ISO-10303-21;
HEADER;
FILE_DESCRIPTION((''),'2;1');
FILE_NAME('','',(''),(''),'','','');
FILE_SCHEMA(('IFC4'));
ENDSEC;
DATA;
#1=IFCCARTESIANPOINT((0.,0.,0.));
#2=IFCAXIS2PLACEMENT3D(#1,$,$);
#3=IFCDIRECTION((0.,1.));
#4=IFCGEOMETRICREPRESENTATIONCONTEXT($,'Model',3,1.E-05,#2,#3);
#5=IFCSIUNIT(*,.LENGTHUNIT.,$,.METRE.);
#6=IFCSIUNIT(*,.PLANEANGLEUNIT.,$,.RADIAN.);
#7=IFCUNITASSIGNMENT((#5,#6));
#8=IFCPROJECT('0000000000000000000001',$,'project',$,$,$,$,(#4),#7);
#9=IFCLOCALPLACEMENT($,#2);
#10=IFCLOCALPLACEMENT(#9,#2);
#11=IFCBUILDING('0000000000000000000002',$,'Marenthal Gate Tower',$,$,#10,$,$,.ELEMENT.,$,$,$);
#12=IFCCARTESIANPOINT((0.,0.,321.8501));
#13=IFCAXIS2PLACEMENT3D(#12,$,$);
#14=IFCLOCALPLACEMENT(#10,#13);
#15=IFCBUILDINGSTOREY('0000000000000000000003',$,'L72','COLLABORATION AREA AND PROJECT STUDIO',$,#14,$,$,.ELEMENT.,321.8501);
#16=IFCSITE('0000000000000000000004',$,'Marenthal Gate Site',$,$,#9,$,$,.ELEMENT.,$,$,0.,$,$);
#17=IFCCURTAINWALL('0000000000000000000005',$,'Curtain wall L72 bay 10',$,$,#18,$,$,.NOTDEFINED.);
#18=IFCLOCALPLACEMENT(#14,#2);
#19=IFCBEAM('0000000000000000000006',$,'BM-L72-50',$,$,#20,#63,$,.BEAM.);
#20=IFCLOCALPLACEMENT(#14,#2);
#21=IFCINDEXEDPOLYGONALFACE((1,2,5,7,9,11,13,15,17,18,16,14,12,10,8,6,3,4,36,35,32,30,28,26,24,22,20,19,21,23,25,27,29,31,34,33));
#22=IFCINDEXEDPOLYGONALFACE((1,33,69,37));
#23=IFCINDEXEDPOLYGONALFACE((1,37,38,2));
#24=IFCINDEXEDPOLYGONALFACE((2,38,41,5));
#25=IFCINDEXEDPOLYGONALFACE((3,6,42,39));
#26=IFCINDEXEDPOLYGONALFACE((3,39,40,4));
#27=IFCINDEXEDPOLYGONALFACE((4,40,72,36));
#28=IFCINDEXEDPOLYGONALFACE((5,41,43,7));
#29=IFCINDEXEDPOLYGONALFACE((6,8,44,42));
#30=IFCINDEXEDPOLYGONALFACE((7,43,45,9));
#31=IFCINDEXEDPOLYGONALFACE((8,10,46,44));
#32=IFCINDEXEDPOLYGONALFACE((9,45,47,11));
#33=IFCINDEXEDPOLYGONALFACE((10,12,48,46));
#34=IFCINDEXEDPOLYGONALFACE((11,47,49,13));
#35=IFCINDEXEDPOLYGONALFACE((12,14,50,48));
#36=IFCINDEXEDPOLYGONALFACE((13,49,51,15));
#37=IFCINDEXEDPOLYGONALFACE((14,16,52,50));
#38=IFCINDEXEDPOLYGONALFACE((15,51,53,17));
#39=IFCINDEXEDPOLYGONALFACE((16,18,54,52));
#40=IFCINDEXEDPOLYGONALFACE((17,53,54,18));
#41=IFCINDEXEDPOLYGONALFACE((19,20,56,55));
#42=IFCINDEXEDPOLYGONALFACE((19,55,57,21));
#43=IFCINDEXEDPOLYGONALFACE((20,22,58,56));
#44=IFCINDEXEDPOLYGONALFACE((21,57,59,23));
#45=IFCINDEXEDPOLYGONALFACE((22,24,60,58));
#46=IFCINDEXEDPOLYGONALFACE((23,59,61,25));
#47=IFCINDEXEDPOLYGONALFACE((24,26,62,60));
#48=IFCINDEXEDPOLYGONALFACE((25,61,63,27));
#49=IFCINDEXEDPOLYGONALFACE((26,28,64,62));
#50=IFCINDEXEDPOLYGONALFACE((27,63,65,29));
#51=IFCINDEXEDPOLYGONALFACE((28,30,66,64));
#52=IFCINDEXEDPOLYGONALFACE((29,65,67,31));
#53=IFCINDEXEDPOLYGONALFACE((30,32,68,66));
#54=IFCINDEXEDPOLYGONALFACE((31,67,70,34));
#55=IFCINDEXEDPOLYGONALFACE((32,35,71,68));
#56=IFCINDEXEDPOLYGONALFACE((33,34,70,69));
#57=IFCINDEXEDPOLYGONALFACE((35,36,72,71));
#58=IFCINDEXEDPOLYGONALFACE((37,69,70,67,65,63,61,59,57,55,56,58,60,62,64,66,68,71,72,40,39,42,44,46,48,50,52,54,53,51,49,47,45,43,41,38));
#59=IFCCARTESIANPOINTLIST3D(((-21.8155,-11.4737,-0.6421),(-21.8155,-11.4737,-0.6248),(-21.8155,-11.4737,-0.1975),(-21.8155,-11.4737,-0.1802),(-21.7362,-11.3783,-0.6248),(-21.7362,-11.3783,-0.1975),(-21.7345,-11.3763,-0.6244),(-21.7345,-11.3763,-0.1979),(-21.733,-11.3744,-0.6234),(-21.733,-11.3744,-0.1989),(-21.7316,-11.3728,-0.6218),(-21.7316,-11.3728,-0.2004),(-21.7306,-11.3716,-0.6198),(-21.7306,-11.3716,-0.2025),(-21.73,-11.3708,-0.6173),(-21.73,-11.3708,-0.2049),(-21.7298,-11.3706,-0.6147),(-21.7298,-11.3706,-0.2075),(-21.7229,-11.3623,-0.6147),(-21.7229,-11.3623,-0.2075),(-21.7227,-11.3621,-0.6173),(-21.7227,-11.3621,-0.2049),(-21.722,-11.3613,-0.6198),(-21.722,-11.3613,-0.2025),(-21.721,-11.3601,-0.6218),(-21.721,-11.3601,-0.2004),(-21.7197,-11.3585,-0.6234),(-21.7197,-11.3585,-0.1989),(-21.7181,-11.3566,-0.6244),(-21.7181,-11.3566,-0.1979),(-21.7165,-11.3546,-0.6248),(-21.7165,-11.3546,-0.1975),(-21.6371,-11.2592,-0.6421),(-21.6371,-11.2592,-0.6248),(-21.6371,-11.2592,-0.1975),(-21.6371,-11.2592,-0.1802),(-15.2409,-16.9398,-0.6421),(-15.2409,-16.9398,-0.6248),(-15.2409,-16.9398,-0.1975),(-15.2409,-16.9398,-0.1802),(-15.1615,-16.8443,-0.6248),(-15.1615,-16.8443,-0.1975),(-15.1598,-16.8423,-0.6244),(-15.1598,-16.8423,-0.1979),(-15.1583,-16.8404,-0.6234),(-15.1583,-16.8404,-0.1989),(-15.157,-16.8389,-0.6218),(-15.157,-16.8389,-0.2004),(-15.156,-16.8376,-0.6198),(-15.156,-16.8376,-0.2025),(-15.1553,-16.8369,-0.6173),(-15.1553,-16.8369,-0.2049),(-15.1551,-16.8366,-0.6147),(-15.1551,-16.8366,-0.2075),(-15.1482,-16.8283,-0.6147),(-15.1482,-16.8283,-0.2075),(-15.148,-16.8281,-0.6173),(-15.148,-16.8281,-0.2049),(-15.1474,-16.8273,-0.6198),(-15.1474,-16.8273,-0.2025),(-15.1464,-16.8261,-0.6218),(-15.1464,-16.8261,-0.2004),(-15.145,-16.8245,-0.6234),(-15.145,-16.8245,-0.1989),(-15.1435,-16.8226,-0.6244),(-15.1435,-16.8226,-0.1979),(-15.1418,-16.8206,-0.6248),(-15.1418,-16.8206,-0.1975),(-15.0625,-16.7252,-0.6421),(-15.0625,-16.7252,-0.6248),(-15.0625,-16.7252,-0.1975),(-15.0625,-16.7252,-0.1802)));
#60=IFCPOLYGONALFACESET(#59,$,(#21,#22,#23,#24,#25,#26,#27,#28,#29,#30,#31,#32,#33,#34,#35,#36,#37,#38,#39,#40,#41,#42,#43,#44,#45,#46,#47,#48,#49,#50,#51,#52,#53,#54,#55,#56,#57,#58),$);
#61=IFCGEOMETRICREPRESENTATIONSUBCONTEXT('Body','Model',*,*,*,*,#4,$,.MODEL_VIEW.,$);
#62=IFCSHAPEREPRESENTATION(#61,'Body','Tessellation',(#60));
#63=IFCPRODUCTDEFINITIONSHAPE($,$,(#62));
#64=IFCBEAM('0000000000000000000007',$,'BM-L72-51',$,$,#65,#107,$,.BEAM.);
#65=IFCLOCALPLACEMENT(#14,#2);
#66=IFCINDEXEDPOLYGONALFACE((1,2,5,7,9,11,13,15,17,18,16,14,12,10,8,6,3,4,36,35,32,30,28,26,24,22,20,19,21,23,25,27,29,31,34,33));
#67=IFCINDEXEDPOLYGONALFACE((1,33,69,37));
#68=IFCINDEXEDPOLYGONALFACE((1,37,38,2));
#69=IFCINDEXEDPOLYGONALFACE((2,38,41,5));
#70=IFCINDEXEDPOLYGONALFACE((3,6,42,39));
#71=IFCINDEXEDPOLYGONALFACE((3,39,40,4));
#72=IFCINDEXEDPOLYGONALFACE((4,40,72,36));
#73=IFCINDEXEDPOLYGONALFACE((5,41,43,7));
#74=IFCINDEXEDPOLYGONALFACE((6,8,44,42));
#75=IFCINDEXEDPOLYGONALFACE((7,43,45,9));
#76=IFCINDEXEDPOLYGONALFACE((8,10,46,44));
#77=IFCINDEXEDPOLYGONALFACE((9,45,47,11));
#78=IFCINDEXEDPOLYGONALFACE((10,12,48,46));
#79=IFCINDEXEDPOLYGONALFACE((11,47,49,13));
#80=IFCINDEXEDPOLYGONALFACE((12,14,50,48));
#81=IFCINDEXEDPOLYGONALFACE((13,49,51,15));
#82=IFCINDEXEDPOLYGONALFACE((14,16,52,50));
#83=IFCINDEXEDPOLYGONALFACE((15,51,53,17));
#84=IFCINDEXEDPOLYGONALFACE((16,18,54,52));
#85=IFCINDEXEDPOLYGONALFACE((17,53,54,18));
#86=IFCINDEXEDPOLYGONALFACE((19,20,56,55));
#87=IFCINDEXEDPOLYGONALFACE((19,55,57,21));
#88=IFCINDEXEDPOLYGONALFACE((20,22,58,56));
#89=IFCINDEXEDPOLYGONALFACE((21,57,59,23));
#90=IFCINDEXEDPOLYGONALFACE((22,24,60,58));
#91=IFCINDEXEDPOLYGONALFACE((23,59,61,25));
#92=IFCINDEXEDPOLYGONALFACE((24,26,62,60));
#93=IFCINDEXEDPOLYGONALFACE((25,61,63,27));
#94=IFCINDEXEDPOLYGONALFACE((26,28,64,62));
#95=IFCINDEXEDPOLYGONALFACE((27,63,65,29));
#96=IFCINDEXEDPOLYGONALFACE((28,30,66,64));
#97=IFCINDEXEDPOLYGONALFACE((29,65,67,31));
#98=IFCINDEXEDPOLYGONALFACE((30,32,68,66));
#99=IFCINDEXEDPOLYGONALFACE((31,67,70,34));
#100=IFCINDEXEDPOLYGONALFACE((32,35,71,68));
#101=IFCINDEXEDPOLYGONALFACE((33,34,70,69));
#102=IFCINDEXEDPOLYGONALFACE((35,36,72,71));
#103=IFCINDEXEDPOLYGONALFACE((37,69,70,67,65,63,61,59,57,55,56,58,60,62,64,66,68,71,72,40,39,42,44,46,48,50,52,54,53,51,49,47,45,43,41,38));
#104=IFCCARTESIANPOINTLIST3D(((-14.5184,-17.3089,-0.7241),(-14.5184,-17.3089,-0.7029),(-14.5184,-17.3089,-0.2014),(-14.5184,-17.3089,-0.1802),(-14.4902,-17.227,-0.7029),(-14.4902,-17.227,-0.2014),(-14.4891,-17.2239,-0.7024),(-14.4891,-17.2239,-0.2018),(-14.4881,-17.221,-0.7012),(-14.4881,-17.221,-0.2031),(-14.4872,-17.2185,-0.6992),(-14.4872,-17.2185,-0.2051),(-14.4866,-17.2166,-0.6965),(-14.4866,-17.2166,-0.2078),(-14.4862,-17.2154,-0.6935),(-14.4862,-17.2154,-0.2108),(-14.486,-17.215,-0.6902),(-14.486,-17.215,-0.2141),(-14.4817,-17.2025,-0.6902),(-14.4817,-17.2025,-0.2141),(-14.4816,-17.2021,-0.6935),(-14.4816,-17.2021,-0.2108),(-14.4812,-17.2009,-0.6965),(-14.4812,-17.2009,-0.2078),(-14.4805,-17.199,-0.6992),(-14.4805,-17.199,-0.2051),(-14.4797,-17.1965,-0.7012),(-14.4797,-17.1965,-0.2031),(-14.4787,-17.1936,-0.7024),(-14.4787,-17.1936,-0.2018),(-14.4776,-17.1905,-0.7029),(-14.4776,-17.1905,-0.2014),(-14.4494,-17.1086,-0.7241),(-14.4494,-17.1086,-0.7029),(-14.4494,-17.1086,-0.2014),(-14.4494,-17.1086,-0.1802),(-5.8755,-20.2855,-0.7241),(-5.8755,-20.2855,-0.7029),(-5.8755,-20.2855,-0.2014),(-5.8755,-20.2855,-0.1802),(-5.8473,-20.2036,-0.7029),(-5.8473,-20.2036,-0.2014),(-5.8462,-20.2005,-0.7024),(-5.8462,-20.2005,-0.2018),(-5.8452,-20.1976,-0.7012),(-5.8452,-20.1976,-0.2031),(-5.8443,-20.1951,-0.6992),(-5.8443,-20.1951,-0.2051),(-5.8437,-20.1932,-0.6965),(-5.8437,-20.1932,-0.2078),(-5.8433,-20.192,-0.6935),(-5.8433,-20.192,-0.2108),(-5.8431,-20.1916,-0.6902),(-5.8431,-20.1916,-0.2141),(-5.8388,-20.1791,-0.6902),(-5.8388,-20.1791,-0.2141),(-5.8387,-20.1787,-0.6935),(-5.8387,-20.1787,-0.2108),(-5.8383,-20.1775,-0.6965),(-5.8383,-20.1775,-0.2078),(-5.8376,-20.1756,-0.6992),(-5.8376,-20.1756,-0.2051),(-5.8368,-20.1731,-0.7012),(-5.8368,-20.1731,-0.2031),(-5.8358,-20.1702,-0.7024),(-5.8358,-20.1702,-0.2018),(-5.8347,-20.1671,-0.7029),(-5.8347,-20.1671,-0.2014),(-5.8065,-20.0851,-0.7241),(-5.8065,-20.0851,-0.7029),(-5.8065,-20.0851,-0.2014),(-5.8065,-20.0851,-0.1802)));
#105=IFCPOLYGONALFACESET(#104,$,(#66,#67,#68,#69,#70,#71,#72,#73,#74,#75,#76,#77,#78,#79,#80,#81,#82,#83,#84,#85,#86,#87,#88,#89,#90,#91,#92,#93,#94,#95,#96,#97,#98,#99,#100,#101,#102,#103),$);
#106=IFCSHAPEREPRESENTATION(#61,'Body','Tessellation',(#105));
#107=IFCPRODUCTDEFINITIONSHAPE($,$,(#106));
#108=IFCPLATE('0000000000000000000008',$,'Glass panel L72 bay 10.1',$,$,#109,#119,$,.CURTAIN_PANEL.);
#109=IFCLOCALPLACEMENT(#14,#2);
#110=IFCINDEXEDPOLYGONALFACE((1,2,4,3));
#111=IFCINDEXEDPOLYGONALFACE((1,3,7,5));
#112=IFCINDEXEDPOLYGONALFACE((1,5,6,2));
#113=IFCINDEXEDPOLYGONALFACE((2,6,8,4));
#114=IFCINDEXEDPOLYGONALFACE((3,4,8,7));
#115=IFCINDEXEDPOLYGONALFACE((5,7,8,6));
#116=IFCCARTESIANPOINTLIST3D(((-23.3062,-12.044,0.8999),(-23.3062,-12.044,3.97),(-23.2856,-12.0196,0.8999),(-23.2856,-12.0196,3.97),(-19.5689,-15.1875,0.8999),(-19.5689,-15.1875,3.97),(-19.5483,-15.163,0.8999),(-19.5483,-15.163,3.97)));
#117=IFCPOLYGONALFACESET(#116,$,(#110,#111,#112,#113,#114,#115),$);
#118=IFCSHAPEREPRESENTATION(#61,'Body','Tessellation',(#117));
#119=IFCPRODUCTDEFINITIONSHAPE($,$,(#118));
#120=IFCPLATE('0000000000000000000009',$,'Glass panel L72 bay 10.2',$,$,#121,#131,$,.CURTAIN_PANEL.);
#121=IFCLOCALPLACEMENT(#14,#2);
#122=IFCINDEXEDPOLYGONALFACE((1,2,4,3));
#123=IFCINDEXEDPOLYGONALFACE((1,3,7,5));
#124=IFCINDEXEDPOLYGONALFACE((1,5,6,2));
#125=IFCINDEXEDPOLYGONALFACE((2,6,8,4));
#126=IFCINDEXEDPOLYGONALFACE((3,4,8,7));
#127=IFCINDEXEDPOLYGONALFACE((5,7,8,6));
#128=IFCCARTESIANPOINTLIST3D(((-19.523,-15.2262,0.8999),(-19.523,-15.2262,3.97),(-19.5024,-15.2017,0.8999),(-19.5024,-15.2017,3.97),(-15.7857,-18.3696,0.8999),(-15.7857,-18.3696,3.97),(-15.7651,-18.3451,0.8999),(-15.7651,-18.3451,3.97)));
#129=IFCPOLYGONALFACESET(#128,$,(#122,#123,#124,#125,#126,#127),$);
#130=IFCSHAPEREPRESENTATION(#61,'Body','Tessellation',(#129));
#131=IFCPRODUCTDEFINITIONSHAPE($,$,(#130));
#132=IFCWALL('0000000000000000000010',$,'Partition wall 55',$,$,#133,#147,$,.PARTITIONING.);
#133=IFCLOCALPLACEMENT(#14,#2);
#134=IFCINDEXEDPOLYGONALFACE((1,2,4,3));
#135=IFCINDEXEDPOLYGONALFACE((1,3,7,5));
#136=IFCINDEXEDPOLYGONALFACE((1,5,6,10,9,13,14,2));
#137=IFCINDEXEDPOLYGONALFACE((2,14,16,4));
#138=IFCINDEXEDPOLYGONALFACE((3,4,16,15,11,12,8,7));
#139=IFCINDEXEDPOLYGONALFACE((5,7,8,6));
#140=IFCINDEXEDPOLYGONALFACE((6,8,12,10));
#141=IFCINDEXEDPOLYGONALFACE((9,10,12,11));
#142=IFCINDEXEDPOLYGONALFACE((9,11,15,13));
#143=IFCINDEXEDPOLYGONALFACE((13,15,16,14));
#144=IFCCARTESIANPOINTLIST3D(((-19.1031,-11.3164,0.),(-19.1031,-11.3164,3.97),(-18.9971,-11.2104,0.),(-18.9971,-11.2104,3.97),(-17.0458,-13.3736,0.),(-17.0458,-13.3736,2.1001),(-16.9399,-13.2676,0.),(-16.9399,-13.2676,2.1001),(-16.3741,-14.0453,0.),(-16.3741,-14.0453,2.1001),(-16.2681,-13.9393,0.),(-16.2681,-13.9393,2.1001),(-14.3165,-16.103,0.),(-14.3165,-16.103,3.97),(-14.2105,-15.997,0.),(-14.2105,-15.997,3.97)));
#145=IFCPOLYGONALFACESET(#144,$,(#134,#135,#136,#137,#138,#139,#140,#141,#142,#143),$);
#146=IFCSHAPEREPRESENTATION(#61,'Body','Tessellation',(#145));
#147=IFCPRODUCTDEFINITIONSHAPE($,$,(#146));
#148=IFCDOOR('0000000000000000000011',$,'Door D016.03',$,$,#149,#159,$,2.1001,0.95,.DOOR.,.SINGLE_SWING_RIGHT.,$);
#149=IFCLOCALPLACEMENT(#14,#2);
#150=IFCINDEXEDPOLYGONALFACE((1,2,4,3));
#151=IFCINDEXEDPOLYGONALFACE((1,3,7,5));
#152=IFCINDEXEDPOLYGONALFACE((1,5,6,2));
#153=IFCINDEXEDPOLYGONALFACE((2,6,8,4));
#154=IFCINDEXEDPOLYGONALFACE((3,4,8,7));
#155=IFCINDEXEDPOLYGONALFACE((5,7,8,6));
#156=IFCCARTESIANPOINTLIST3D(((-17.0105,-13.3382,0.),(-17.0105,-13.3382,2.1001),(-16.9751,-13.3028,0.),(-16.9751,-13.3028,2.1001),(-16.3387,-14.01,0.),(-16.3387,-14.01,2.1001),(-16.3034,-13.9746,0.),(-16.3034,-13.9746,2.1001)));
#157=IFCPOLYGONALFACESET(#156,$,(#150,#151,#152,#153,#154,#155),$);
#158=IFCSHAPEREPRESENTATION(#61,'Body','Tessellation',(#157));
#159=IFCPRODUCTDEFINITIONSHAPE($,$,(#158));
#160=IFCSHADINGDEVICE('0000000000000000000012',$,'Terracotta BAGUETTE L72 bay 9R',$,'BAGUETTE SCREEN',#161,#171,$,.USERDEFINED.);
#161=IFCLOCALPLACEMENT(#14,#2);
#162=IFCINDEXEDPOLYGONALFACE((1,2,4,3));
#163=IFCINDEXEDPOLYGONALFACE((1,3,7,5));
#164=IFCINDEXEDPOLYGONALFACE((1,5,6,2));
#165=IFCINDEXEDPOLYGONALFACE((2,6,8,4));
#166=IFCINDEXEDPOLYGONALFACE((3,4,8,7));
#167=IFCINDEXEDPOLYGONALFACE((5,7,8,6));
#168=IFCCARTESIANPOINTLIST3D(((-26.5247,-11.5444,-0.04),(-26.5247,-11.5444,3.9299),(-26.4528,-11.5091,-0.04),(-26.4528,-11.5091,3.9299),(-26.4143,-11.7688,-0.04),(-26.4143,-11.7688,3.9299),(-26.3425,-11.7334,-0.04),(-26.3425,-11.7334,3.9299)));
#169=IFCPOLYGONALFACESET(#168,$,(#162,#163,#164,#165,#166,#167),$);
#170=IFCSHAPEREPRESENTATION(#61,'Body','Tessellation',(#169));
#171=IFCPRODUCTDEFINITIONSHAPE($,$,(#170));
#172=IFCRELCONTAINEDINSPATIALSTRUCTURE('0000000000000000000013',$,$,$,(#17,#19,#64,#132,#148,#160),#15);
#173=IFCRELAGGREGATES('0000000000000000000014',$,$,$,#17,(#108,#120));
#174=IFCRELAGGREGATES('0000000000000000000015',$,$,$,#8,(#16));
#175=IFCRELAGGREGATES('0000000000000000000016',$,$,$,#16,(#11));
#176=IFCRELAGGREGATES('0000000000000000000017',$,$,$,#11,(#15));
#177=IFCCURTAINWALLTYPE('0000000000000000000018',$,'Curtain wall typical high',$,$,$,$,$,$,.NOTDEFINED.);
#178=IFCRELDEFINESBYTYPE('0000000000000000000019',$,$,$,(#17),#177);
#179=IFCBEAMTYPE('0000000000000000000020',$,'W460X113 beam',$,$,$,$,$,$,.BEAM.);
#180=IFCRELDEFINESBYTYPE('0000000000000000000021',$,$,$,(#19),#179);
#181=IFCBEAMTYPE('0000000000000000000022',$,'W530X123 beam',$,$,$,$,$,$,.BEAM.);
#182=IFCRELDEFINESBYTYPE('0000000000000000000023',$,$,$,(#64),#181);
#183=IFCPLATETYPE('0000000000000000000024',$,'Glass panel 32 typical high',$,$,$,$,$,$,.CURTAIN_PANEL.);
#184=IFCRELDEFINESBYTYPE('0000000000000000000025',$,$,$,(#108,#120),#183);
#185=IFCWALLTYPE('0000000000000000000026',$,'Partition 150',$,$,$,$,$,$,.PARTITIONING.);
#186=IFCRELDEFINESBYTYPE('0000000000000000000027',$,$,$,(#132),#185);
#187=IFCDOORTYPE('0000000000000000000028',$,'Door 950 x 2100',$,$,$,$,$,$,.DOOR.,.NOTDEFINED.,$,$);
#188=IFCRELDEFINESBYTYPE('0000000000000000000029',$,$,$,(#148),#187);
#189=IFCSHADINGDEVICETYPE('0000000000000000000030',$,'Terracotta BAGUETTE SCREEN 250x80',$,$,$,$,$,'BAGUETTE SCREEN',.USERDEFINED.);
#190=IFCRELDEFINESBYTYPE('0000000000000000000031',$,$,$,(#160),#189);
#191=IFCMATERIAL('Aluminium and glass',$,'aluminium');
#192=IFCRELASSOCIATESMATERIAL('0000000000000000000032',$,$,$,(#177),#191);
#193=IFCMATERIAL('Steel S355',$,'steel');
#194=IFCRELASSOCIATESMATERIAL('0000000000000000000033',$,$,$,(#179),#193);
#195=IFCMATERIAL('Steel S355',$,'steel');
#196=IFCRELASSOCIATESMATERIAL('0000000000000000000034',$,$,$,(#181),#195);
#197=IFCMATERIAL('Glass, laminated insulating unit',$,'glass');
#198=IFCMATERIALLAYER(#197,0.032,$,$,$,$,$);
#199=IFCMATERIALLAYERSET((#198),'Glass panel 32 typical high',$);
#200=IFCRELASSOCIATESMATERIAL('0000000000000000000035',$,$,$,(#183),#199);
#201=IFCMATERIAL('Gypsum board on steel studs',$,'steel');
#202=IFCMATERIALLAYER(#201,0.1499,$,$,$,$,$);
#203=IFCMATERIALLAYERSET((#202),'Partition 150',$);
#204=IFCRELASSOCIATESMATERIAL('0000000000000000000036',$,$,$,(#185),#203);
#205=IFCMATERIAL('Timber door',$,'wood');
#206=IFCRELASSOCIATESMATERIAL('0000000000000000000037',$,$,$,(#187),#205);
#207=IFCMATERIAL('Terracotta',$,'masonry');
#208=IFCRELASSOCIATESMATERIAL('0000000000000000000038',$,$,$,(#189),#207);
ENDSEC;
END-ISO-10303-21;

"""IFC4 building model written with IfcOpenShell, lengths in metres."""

from ifc_helpers import new_model, si_unit, direction, frame, frame_2d, origin, origin_2d, place, context, subcontext, project, spatial, rectangle, i_section, extrude, material, layer, layer_set, material_profile, profile_set, type_object, element, fill, aggregate, save


model = new_model("IFC4")

# Units and contexts
model_context = context("Model", 3, precision=1e-05, world=origin(), true_north=direction((0.0, 1.0)))
body_context = subcontext(model_context, "Body", "Model", "MODEL_VIEW")
ifc_project = project(units=[si_unit("LENGTHUNIT", "METRE"), si_unit("PLANEANGLEUNIT", "RADIAN")], contexts=[model_context])

# Site, building, storey
site_placement = place(None, origin())
site = spatial("IfcSite", under=ifc_project, at=site_placement, Name="Marenthal Gate Site", CompositionType="ELEMENT", RefElevation=0.0)
building_placement = place(site_placement, origin())
building = spatial("IfcBuilding", under=site, at=building_placement, Name="Marenthal Gate Tower", CompositionType="ELEMENT")
storey_placement = place(building_placement, frame((0.0, 0.0, 321.8501)))
storey = spatial("IfcBuildingStorey", under=building, at=storey_placement, Name="L72", Description="COLLABORATION AREA AND PROJECT STUDIO", CompositionType="ELEMENT", Elevation=321.8501)

# Curtain wall
ifc_material_1 = material(Name="Aluminium and glass", Category="aluminium")
curtain_wall_type = type_object("IfcCurtainWallType", Name="Curtain wall typical high", PredefinedType="NOTDEFINED", material=ifc_material_1)
curtain_wall_placement = place(storey_placement, origin())
curtain_wall = element("IfcCurtainWall", 1, at=curtain_wall_placement, inside=storey, type_object=curtain_wall_type, Name="Curtain wall L72 bay 10", PredefinedType="NOTDEFINED")

# Beams
ifc_material_2 = material(Name="Steel S355", Category="steel")
ifc_material_profile_1 = material_profile(ifc_material_2, i_section(OverallWidth=0.2791, OverallDepth=0.4619, WebThickness=0.0107, FlangeThickness=0.0173, FilletRadius=0.01, at=origin_2d()), Name="W460X113")
ifc_profile_set_1 = profile_set([ifc_material_profile_1], Name="Steel S355")
beam_type_1 = type_object("IfcBeamType", Name="W460X113 beam", PredefinedType="BEAM", material=ifc_profile_set_1)
beam_1_placement = place(storey_placement, frame((-21.7263, -11.3665, -0.4111), z_axis=(0.76896, -0.639296, 0.0), x_axis=(0.639296, 0.76896, 0.0)))
element("IfcBeam", 2, at=beam_1_placement, inside=storey, type_object=beam_type_1, Name="BM-L72-50", PredefinedType="BEAM", context=body_context, shape_type="SweptSolid", body=[
    extrude(i_section(OverallWidth=0.2791, OverallDepth=0.4619, WebThickness=0.0107, FlangeThickness=0.0173, FilletRadius=0.01, at=origin_2d()), origin(), (0.0, 0.0, 1.0), 8.55),
])
ifc_material_3 = material(Name="Steel S355", Category="steel")
ifc_material_profile_2 = material_profile(ifc_material_3, i_section(OverallWidth=0.2119, OverallDepth=0.5439, WebThickness=0.0132, FlangeThickness=0.0212, FilletRadius=0.0127, at=origin_2d()), Name="W530X123")
ifc_profile_set_2 = profile_set([ifc_material_profile_2], Name="Steel S355")
beam_type_2 = type_object("IfcBeamType", Name="W530X123 beam", PredefinedType="BEAM", material=ifc_profile_set_2)
beam_2_placement = place(storey_placement, frame((-14.4839, -17.2087, -0.4521), z_axis=(0.945498, -0.325627, 0.0), x_axis=(0.325627, 0.945498, 0.0)))
element("IfcBeam", 3, at=beam_2_placement, inside=storey, type_object=beam_type_2, Name="BM-L72-51", PredefinedType="BEAM", context=body_context, shape_type="SweptSolid", body=[
    extrude(i_section(OverallWidth=0.2119, OverallDepth=0.5439, WebThickness=0.0132, FlangeThickness=0.0212, FilletRadius=0.0127, at=origin_2d()), origin(), (0.0, 0.0, 1.0), 9.1411),
])

# Plates
ifc_material_4 = material(Name="Glass, laminated insulating unit", Category="glass")
ifc_layer_1 = layer(ifc_material_4, 0.032)
ifc_layer_set_1 = layer_set([ifc_layer_1], Name="Glass panel 32 typical high")
plate_type = type_object("IfcPlateType", Name="Glass panel 32 typical high", PredefinedType="CURTAIN_PANEL", material=ifc_layer_set_1)
plate_1_placement = place(storey_placement, frame((-21.4272, -13.6035, 0.8999), z_axis=(0.0, 0.0, 1.0), x_axis=(0.765298, -0.643676, 0.0)))
plate_1 = element("IfcPlate", 4, at=plate_1_placement, type_object=plate_type, Name="Glass panel L72 bay 10.1", PredefinedType="CURTAIN_PANEL", context=body_context, shape_type="SweptSolid", body=[
    extrude(rectangle(XDim=4.8835, YDim=0.032, at=origin_2d()), origin(), (0.0, 0.0, 1.0), 3.0701),
])
plate_2_placement = place(storey_placement, frame((-17.644, -16.7856, 0.8999), z_axis=(0.0, 0.0, 1.0), x_axis=(0.765298, -0.643676, 0.0)))
plate_2 = element("IfcPlate", 5, at=plate_2_placement, type_object=plate_type, Name="Glass panel L72 bay 10.2", PredefinedType="CURTAIN_PANEL", context=body_context, shape_type="SweptSolid", body=[
    extrude(rectangle(XDim=4.8835, YDim=0.032, at=origin_2d()), origin(), (0.0, 0.0, 1.0), 3.0701),
])
aggregate(curtain_wall, [plate_1, plate_2])

# Wall, opening, door
ifc_material_5 = material(Name="Gypsum board on steel studs", Category="steel")
ifc_layer_2 = layer(ifc_material_5, 0.1499)
ifc_layer_set_2 = layer_set([ifc_layer_2], Name="Partition 150")
wall_type_1 = type_object("IfcWallType", Name="Partition 150", PredefinedType="PARTITIONING", material=ifc_layer_set_2)
wall_1_placement = place(storey_placement, frame((-14.2634, -16.05, 0.0), z_axis=(0.0, 0.0, 1.0), x_axis=(-0.707107, 0.707107, 0.0)))
wall_1 = element("IfcWall", 6, at=wall_1_placement, inside=storey, type_object=wall_type_1, Name="Partition wall 55", PredefinedType="PARTITIONING", context=body_context, shape_type="SweptSolid", body=[
    extrude(rectangle(XDim=6.7693, YDim=0.1499, at=frame_2d((3.3848, 0.0))), origin(), (0.0, 0.0, 1.0), 3.97),
])
opening_1_placement = place(wall_1_placement, frame((2.9099, 0.0, 0.0)))
opening_1 = element("IfcOpeningElement", 7, at=opening_1_placement, cuts=wall_1, PredefinedType="OPENING", context=body_context, shape_type="SweptSolid", body=[
    extrude(rectangle(XDim=0.95, YDim=2.1001, at=frame_2d((0.4751, 1.05))), frame((0.0, 0.085, 0.0), z_axis=(0.0, -1.0, 0.0), x_axis=(1.0, 0.0, 0.0)), (0.0, 0.0, 1.0), 0.1699),
])
ifc_material_6 = material(Name="Timber door", Category="wood")
door_type_1 = type_object("IfcDoorType", Name="Door 950 x 2100", OperationType="NOTDEFINED", PredefinedType="DOOR", material=ifc_material_6)
door_1_placement = place(opening_1_placement, origin())
door_1 = element("IfcDoor", 8, at=door_1_placement, inside=storey, type_object=door_type_1, Name="Door D016.03", OperationType="SINGLE_SWING_RIGHT", OverallHeight=2.1001, OverallWidth=0.95, PredefinedType="DOOR", context=body_context, shape_type="SweptSolid", body=[
    extrude(rectangle(XDim=0.95, YDim=2.1001, at=frame_2d((0.4751, 1.05))), frame((0.0, 0.0249, 0.0), z_axis=(0.0, -1.0, 0.0), x_axis=(1.0, 0.0, 0.0)), (0.0, 0.0, 1.0), 0.05),
])
fill(opening_1, door_1)

# Shading device
ifc_material_7 = material(Name="Terracotta", Category="masonry")
ifc_material_profile_3 = material_profile(ifc_material_7, rectangle(XDim=0.25, YDim=0.0801, at=origin_2d()), Name="Terracotta baguette 250x80")
ifc_profile_set_3 = profile_set([ifc_material_profile_3], Name="Terracotta")
shading_device_type = type_object("IfcShadingDeviceType", Name="Terracotta BAGUETTE SCREEN 250x80", ElementType="BAGUETTE SCREEN", PredefinedType="USERDEFINED", material=ifc_profile_set_3)
shading_device_placement = place(storey_placement, frame((-26.4336, -11.6389, -0.04), z_axis=(0.0, 0.0, 1.0), x_axis=(0.441395, -0.897313, 0.0)))
element("IfcShadingDevice", 9, at=shading_device_placement, inside=storey, type_object=shading_device_type, Name="Terracotta BAGUETTE L72 bay 9R", ObjectType="BAGUETTE SCREEN", PredefinedType="USERDEFINED", context=body_context, shape_type="SweptSolid", body=[
    extrude(rectangle(XDim=0.25, YDim=0.0801, at=origin_2d()), origin(), (0.0, 0.0, 1.0), 3.97),
])

save(model, "model.ifc")
